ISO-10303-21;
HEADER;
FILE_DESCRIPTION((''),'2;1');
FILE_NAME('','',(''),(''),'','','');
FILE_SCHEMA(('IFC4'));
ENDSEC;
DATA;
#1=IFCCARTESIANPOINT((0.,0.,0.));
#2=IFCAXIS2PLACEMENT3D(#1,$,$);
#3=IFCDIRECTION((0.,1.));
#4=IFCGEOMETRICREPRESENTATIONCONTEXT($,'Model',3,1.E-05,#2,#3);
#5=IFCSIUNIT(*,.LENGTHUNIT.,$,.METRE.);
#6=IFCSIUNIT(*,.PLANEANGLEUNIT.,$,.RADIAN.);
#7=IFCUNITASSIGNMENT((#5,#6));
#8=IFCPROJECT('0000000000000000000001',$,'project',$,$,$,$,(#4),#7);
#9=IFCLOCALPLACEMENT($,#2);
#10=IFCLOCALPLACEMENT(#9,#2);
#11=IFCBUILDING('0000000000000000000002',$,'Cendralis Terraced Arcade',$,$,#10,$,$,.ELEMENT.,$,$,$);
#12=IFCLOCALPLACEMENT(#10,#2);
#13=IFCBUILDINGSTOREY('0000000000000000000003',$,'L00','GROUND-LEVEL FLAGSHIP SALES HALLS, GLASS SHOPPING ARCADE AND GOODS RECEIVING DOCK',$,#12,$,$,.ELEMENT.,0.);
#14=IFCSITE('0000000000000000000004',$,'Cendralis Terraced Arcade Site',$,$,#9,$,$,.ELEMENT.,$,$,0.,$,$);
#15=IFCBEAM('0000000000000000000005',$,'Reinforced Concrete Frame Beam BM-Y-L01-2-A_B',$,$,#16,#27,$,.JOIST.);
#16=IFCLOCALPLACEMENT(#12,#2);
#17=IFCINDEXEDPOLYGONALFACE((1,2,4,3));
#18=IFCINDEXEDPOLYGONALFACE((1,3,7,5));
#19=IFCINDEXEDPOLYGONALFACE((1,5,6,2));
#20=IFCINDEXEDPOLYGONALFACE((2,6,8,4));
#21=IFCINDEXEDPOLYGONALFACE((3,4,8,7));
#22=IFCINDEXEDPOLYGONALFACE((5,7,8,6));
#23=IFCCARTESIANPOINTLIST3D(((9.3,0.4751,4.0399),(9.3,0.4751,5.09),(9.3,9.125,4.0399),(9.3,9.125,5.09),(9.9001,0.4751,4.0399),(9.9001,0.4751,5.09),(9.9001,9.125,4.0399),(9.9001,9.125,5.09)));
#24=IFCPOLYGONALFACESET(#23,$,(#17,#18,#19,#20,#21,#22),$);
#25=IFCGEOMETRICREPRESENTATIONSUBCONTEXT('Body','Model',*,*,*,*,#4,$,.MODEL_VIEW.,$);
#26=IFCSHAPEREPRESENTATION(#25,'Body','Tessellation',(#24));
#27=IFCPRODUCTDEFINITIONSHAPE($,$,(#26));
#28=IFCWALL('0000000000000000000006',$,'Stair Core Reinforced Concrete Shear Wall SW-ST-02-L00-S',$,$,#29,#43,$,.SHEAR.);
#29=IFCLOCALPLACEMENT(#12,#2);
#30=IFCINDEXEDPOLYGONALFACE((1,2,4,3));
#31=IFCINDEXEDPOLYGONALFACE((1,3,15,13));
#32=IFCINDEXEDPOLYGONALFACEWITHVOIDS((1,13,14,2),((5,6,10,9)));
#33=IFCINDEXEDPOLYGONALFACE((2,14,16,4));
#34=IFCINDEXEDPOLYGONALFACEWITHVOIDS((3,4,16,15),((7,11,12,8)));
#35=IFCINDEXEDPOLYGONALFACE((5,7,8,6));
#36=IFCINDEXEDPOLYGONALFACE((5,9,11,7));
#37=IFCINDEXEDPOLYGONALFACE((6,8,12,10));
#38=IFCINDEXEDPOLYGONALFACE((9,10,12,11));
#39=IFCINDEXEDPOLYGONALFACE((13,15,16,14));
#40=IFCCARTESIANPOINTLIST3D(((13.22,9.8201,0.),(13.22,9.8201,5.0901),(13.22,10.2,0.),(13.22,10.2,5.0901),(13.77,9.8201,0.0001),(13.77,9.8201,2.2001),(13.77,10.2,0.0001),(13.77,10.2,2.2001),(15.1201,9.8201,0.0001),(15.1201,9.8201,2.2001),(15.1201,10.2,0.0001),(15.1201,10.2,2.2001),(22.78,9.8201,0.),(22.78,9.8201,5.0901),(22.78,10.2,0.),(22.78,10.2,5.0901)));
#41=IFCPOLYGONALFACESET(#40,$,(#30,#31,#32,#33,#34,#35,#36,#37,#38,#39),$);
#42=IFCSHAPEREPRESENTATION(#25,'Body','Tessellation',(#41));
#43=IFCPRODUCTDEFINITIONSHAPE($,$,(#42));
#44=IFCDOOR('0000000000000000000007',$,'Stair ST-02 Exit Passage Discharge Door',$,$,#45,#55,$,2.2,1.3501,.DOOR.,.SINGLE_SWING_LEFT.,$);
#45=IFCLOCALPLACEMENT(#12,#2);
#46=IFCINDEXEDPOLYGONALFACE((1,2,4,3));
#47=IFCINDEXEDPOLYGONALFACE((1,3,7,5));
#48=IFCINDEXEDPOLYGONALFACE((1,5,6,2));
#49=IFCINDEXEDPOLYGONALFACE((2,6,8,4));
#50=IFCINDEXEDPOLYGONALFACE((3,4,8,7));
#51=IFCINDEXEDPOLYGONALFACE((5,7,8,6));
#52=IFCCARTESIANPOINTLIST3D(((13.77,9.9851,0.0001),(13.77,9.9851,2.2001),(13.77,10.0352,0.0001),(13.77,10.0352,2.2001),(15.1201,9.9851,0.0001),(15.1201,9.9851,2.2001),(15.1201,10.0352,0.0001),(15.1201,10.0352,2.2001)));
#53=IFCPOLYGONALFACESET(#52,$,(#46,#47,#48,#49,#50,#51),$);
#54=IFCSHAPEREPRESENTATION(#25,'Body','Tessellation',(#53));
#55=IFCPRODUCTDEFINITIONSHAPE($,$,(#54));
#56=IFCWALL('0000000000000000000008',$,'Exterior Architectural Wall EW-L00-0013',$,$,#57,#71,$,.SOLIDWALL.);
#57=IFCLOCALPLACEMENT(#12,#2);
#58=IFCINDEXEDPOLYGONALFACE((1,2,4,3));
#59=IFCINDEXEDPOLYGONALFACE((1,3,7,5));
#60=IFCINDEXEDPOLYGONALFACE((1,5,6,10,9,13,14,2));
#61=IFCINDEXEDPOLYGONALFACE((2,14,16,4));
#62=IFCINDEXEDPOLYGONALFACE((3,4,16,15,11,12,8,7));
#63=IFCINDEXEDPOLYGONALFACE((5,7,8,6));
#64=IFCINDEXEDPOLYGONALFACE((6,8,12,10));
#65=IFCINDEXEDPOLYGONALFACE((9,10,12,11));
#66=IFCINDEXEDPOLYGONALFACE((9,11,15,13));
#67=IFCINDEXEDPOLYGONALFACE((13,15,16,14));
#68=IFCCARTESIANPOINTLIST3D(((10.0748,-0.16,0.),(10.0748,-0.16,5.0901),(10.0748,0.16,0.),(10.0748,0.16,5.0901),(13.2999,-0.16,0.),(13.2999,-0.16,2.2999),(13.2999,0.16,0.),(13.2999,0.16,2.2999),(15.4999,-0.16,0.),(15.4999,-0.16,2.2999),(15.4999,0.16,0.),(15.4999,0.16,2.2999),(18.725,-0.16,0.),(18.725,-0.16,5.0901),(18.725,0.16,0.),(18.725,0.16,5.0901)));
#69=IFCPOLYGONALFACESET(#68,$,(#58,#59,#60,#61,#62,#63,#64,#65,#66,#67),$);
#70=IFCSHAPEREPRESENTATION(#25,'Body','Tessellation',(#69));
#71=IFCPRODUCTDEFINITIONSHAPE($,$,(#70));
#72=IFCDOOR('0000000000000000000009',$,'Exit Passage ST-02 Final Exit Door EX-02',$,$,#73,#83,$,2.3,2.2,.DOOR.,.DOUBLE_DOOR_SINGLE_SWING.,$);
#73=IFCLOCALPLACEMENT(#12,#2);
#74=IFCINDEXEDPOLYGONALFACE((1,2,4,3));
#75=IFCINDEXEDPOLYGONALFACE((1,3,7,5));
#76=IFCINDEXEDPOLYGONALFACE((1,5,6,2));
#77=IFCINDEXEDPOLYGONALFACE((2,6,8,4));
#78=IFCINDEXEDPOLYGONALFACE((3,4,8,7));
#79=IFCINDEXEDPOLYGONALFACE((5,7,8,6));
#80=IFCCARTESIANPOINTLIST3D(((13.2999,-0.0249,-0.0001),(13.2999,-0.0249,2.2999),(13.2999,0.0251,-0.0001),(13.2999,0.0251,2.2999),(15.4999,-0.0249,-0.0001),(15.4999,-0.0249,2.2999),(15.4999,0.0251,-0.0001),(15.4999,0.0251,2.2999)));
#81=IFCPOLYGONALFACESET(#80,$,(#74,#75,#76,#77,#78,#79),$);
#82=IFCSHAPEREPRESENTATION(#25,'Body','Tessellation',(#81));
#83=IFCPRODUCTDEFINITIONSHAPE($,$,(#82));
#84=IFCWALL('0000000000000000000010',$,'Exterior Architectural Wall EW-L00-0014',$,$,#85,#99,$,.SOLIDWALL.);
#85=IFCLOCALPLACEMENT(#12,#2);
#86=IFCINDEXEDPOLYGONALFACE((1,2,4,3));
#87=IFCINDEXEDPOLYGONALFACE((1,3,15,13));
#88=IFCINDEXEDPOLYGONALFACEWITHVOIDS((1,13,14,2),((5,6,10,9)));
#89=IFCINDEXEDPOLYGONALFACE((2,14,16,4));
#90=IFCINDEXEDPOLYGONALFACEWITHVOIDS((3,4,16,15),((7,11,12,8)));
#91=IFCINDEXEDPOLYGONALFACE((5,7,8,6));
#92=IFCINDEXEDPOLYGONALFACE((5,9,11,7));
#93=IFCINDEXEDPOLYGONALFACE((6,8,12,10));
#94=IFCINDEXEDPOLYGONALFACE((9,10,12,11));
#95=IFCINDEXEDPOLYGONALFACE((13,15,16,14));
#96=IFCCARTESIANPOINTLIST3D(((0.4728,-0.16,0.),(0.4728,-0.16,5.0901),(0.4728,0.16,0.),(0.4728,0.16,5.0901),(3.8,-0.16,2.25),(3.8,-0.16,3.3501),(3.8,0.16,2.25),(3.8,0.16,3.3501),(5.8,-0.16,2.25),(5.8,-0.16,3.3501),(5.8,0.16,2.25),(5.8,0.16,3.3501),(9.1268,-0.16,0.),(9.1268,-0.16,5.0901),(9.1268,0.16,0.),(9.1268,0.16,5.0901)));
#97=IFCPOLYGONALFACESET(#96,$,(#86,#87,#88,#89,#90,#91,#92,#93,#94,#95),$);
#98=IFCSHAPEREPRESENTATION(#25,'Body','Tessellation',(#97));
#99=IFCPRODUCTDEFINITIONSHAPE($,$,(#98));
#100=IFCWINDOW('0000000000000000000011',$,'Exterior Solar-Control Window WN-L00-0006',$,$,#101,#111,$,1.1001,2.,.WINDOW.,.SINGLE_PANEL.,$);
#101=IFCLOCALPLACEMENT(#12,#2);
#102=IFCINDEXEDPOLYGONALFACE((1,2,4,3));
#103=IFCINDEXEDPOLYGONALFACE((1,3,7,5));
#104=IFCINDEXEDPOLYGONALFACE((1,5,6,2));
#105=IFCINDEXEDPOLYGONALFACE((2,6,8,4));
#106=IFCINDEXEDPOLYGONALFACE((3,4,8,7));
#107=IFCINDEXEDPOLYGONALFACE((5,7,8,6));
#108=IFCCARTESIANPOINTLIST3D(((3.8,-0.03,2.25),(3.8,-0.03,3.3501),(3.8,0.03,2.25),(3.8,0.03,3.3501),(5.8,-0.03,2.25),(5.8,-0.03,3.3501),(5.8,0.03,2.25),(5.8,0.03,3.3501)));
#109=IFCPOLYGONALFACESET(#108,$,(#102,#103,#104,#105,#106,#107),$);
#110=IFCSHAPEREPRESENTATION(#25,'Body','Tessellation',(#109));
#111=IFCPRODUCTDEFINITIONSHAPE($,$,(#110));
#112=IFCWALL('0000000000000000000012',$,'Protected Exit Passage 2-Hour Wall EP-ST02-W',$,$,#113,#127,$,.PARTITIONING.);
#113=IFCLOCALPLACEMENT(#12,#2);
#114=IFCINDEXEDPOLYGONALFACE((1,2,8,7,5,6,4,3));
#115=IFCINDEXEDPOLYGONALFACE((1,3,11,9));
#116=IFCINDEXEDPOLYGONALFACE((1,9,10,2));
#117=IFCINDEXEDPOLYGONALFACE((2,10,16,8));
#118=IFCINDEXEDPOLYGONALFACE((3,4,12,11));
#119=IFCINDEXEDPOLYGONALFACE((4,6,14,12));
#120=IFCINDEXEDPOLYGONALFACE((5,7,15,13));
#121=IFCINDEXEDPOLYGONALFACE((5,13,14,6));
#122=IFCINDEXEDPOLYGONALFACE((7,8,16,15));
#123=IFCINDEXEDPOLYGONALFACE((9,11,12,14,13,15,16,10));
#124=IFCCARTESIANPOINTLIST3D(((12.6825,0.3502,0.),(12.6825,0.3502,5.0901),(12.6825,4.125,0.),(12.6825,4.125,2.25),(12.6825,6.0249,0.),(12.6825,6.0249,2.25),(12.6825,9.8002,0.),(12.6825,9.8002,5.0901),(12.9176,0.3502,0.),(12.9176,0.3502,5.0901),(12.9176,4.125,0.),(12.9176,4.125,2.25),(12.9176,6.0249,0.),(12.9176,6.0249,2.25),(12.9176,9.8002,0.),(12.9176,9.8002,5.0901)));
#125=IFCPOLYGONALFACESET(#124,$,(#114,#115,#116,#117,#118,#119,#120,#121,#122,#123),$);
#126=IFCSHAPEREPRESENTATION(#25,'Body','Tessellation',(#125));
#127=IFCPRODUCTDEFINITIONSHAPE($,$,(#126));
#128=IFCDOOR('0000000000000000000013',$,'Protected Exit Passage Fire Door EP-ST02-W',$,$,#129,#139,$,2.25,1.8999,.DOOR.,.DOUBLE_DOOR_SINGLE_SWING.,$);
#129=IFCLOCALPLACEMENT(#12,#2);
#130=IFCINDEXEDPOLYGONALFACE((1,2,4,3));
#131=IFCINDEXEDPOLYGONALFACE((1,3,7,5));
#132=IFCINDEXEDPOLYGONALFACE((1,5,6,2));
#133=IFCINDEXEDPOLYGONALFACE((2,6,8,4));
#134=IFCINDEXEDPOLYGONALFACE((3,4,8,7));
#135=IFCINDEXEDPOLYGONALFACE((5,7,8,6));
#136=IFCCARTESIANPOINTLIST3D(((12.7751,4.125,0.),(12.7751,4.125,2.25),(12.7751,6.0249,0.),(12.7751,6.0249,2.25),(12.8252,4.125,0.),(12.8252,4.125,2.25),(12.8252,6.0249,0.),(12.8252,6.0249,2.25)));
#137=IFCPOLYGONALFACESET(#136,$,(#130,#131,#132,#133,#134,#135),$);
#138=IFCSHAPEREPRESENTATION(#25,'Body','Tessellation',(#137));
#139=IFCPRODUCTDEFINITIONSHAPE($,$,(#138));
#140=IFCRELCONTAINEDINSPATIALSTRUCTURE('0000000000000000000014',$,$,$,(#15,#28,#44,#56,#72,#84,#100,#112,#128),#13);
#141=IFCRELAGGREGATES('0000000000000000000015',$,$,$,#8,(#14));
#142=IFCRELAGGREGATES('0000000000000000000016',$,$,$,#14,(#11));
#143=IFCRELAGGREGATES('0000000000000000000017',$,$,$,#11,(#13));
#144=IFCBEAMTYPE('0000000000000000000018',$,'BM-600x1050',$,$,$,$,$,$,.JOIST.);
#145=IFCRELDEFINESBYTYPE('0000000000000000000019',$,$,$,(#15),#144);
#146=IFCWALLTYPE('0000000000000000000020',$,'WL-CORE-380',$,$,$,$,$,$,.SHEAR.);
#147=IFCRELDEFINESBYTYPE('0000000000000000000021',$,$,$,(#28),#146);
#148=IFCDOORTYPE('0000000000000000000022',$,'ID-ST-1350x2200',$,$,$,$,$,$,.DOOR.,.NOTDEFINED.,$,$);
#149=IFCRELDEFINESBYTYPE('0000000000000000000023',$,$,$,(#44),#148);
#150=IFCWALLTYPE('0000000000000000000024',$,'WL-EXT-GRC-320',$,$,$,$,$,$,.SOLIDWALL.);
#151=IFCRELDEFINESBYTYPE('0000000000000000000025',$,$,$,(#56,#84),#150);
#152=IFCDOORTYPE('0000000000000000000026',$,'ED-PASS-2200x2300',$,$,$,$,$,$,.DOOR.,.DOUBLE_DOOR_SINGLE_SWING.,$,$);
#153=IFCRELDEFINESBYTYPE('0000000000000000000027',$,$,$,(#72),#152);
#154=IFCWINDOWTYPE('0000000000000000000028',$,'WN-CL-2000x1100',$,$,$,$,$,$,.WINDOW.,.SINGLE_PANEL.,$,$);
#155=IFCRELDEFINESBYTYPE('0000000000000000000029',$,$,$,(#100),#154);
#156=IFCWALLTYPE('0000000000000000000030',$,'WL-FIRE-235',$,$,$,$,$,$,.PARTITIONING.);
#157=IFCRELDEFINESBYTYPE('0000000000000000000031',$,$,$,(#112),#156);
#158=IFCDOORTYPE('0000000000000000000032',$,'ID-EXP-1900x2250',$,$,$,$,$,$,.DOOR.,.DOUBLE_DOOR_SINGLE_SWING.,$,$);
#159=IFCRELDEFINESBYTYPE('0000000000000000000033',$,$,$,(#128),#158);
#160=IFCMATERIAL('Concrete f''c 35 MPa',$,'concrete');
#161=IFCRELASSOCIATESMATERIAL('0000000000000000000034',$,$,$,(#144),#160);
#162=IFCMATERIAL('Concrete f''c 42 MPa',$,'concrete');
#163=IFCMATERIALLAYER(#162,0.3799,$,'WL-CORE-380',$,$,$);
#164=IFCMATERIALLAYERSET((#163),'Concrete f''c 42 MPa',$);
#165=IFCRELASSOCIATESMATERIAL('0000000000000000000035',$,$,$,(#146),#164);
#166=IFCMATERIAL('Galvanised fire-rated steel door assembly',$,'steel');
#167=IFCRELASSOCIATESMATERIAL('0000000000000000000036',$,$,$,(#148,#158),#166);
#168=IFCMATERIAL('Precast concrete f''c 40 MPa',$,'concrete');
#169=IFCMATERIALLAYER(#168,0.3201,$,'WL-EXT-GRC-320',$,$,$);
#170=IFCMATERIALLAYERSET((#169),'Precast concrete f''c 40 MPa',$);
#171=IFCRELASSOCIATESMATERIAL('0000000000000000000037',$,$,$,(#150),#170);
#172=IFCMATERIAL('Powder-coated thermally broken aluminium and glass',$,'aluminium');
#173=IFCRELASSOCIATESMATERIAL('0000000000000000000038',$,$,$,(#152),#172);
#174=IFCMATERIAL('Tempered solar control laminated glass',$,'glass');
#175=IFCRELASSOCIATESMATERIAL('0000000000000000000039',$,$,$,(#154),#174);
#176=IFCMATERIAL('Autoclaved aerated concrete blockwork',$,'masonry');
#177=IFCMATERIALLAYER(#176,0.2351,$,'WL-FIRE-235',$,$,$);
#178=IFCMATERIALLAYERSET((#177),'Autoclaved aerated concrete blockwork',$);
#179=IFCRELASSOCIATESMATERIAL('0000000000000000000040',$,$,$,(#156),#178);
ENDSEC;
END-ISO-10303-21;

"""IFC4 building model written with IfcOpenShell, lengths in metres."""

from ifc_helpers import new_model, si_unit, direction, frame, frame_2d, origin, origin_2d, place, context, subcontext, project, spatial, rectangle, extrude, material, layer, layer_set, material_profile, profile_set, type_object, element, fill, save


model = new_model("IFC4")

# Units and contexts
model_context = context("Model", 3, precision=1e-05, world=origin(), true_north=direction((0.0, 1.0)))
body_context = subcontext(model_context, "Body", "Model", "MODEL_VIEW")
ifc_project = project(units=[si_unit("LENGTHUNIT", "METRE"), si_unit("PLANEANGLEUNIT", "RADIAN")], contexts=[model_context])

# Site, building, storey
site_placement = place(None, origin())
site = spatial("IfcSite", under=ifc_project, at=site_placement, Name="Cendralis Terraced Arcade Site", CompositionType="ELEMENT", RefElevation=0.0)
building_placement = place(site_placement, origin())
building = spatial("IfcBuilding", under=site, at=building_placement, Name="Cendralis Terraced Arcade", CompositionType="ELEMENT")
storey_placement = place(building_placement, origin())
storey = spatial("IfcBuildingStorey", under=building, at=storey_placement, Name="L00", Description="GROUND-LEVEL FLAGSHIP SALES HALLS, GLASS SHOPPING ARCADE AND GOODS RECEIVING DOCK", CompositionType="ELEMENT", Elevation=0.0)

# Shared definitions
ifc_material_1 = material(Name="Concrete f'c 35 MPa", Category="concrete")

# Shared definitions
ifc_material_2 = material(Name="Concrete f'c 42 MPa", Category="concrete")

# Beam
ifc_material_profile_1 = material_profile(ifc_material_1, rectangle(XDim=0.6001, YDim=1.05, at=origin_2d()), Name="RC-BM-600x1050", Category="LoadBearing")
ifc_profile_set_1 = profile_set([ifc_material_profile_1], Name="Concrete f'c 35 MPa")
beam_type = type_object("IfcBeamType", Name="BM-600x1050", PredefinedType="JOIST", material=ifc_profile_set_1)
beam_placement = place(storey_placement, frame((9.6001, 0.4751, 4.5649), z_axis=(0.0, 1.0, 0.0), x_axis=(-1.0, 0.0, 0.0)))
element("IfcBeam", 1, at=beam_placement, inside=storey, type_object=beam_type, Name="Reinforced Concrete Frame Beam BM-Y-L01-2-A_B", PredefinedType="JOIST", context=body_context, shape_type="SweptSolid", body=[
    extrude(rectangle(XDim=0.6001, YDim=1.05, at=origin_2d()), origin(), (0.0, 0.0, 1.0), 8.6499),
])

# Walls, openings, doors
ifc_layer_1 = layer(ifc_material_2, 0.3799, Name="WL-CORE-380")
ifc_layer_set_1 = layer_set([ifc_layer_1], Name="Concrete f'c 42 MPa")
wall_type_1 = type_object("IfcWallType", Name="WL-CORE-380", PredefinedType="SHEAR", material=ifc_layer_set_1)
wall_1_placement = place(storey_placement, frame((13.22, 10.01, 0.0), z_axis=(0.0, 0.0, 1.0), x_axis=(1.0, 0.0, 0.0)))
wall_1 = element("IfcWall", 2, at=wall_1_placement, inside=storey, type_object=wall_type_1, Name="Stair Core Reinforced Concrete Shear Wall SW-ST-02-L00-S", PredefinedType="SHEAR", context=body_context, shape_type="SweptSolid", body=[
    extrude(rectangle(XDim=9.5601, YDim=0.3799, at=frame_2d((4.78, 0.0))), origin(), (0.0, 0.0, 1.0), 5.0901),
])
opening_1_placement = place(wall_1_placement, frame((0.55, 0.0, 0.0)))
opening_1 = element("IfcOpeningElement", 3, at=opening_1_placement, cuts=wall_1, PredefinedType="OPENING", context=body_context, shape_type="SweptSolid", body=[
    extrude(rectangle(XDim=1.3501, YDim=2.2, at=frame_2d((0.675, 1.1001))), frame((0.0, 0.2019, 0.0), z_axis=(0.0, -1.0, 0.0), x_axis=(1.0, 0.0, 0.0)), (0.0, 0.0, 1.0), 0.4038),
])
ifc_material_3 = material(Name="Galvanised fire-rated steel door assembly", Category="steel")
door_type_1 = type_object("IfcDoorType", Name="ID-ST-1350x2200", OperationType="NOTDEFINED", PredefinedType="DOOR", material=ifc_material_3)
door_1_placement = place(opening_1_placement, frame((1.3501, 0.0, 0.0), z_axis=(0.0, 0.0, 1.0), x_axis=(-1.0, 0.0, 0.0)))
door_1 = element("IfcDoor", 4, at=door_1_placement, inside=storey, type_object=door_type_1, Name="Stair ST-02 Exit Passage Discharge Door", OperationType="SINGLE_SWING_LEFT", OverallHeight=2.2, OverallWidth=1.3501, PredefinedType="DOOR", context=body_context, shape_type="SweptSolid", body=[
    extrude(rectangle(XDim=1.3501, YDim=2.2, at=frame_2d((0.675, 1.1001))), frame((0.0, 0.0249, 0.0), z_axis=(0.0, -1.0, 0.0), x_axis=(1.0, 0.0, 0.0)), (0.0, 0.0, 1.0), 0.05),
])
fill(opening_1, door_1)
ifc_material_4 = material(Name="Precast concrete f'c 40 MPa", Category="concrete")
ifc_layer_2 = layer(ifc_material_4, 0.3201, Name="WL-EXT-GRC-320")
ifc_layer_set_2 = layer_set([ifc_layer_2], Name="Precast concrete f'c 40 MPa")
wall_type_2 = type_object("IfcWallType", Name="WL-EXT-GRC-320", PredefinedType="SOLIDWALL", material=ifc_layer_set_2)
wall_2_placement = place(storey_placement, frame((18.7251, 0.0, 0.0), z_axis=(0.0, 0.0, 1.0), x_axis=(-1.0, 0.0, 0.0)))
wall_2 = element("IfcWall", 5, at=wall_2_placement, inside=storey, type_object=wall_type_2, Name="Exterior Architectural Wall EW-L00-0013", PredefinedType="SOLIDWALL", context=body_context, shape_type="SweptSolid", body=[
    extrude(rectangle(XDim=8.6501, YDim=0.3201, at=frame_2d((4.3252, 0.0))), origin(), (0.0, 0.0, 1.0), 5.0901),
])
opening_2_placement = place(wall_2_placement, frame((3.2251, 0.0, 0.0)))
opening_2 = element("IfcOpeningElement", 6, at=opening_2_placement, cuts=wall_2, PredefinedType="OPENING", context=body_context, shape_type="SweptSolid", body=[
    extrude(rectangle(XDim=2.2, YDim=2.3, at=frame_2d((1.1001, 1.1499))), frame((0.0, 0.1719, 0.0), z_axis=(0.0, -1.0, 0.0), x_axis=(1.0, 0.0, 0.0)), (0.0, 0.0, 1.0), 0.344),
])
ifc_material_5 = material(Name="Powder-coated thermally broken aluminium and glass", Category="aluminium")
door_type_2 = type_object("IfcDoorType", Name="ED-PASS-2200x2300", OperationType="DOUBLE_DOOR_SINGLE_SWING", PredefinedType="DOOR", material=ifc_material_5)
door_2_placement = place(opening_2_placement, origin())
door_2 = element("IfcDoor", 7, at=door_2_placement, inside=storey, type_object=door_type_2, Name="Exit Passage ST-02 Final Exit Door EX-02", OperationType="DOUBLE_DOOR_SINGLE_SWING", OverallHeight=2.3, OverallWidth=2.2, PredefinedType="DOOR", context=body_context, shape_type="SweptSolid", body=[
    extrude(rectangle(XDim=2.2, YDim=2.3, at=frame_2d((1.1001, 1.1499))), frame((0.0, 0.0249, 0.0), z_axis=(0.0, -1.0, 0.0), x_axis=(1.0, 0.0, 0.0)), (0.0, 0.0, 1.0), 0.05),
])
fill(opening_2, door_2)

# Wall, opening, window
wall_3_placement = place(storey_placement, frame((9.127, 0.0, 0.0), z_axis=(0.0, 0.0, 1.0), x_axis=(-1.0, 0.0, 0.0)))
wall_3 = element("IfcWall", 8, at=wall_3_placement, inside=storey, type_object=wall_type_2, Name="Exterior Architectural Wall EW-L00-0014", PredefinedType="SOLIDWALL", context=body_context, shape_type="SweptSolid", body=[
    extrude(rectangle(XDim=8.6541, YDim=0.3201, at=frame_2d((4.3271, 0.0))), origin(), (0.0, 0.0, 1.0), 5.0901),
])
opening_3_placement = place(wall_3_placement, frame((3.3269, 0.0, 2.25)))
opening_3 = element("IfcOpeningElement", 9, at=opening_3_placement, cuts=wall_3, PredefinedType="OPENING", context=body_context, shape_type="SweptSolid", body=[
    extrude(rectangle(XDim=2.0, YDim=1.1001, at=frame_2d((1.0, 0.55))), frame((0.0, 0.1719, 0.0), z_axis=(0.0, -1.0, 0.0), x_axis=(1.0, 0.0, 0.0)), (0.0, 0.0, 1.0), 0.344),
])
ifc_material_6 = material(Name="Tempered solar control laminated glass", Category="glass")
window_type = type_object("IfcWindowType", Name="WN-CL-2000x1100", PartitioningType="SINGLE_PANEL", PredefinedType="WINDOW", material=ifc_material_6)
window_placement = place(opening_3_placement, origin())
window = element("IfcWindow", 10, at=window_placement, inside=storey, type_object=window_type, Name="Exterior Solar-Control Window WN-L00-0006", OverallHeight=1.1001, OverallWidth=2.0, PartitioningType="SINGLE_PANEL", PredefinedType="WINDOW", context=body_context, shape_type="SweptSolid", body=[
    extrude(rectangle(XDim=2.0, YDim=1.1001, at=frame_2d((1.0, 0.55))), frame((0.0, 0.03, 0.0), z_axis=(0.0, -1.0, 0.0), x_axis=(1.0, 0.0, 0.0)), (0.0, 0.0, 1.0), 0.0601),
])
fill(opening_3, window)

# Wall, opening, door
ifc_material_7 = material(Name="Autoclaved aerated concrete blockwork", Category="masonry")
ifc_layer_3 = layer(ifc_material_7, 0.2351, Name="WL-FIRE-235")
ifc_layer_set_3 = layer_set([ifc_layer_3], Name="Autoclaved aerated concrete blockwork")
wall_type_3 = type_object("IfcWallType", Name="WL-FIRE-235", PredefinedType="PARTITIONING", material=ifc_layer_set_3)
wall_4_placement = place(storey_placement, frame((12.8, 0.3501, 0.0), z_axis=(0.0, 0.0, 1.0), x_axis=(0.0, 1.0, 0.0)))
wall_4 = element("IfcWall", 11, at=wall_4_placement, inside=storey, type_object=wall_type_3, Name="Protected Exit Passage 2-Hour Wall EP-ST02-W", PredefinedType="PARTITIONING", context=body_context, shape_type="SweptSolid", body=[
    extrude(rectangle(XDim=9.45, YDim=0.2351, at=frame_2d((4.7251, 0.0))), origin(), (0.0, 0.0, 1.0), 5.0901),
])
opening_4_placement = place(wall_4_placement, frame((3.7749, 0.0, 0.0)))
opening_4 = element("IfcOpeningElement", 12, at=opening_4_placement, cuts=wall_4, PredefinedType="OPENING", context=body_context, shape_type="SweptSolid", body=[
    extrude(rectangle(XDim=1.8999, YDim=2.25, at=frame_2d((0.95, 1.125))), frame((0.0, 0.1294, 0.0), z_axis=(0.0, -1.0, 0.0), x_axis=(1.0, 0.0, 0.0)), (0.0, 0.0, 1.0), 0.259),
])
door_type_3 = type_object("IfcDoorType", Name="ID-EXP-1900x2250", OperationType="DOUBLE_DOOR_SINGLE_SWING", PredefinedType="DOOR", material=ifc_material_3)
door_3_placement = place(opening_4_placement, origin())
door_3 = element("IfcDoor", 13, at=door_3_placement, inside=storey, type_object=door_type_3, Name="Protected Exit Passage Fire Door EP-ST02-W", OperationType="DOUBLE_DOOR_SINGLE_SWING", OverallHeight=2.25, OverallWidth=1.8999, PredefinedType="DOOR", context=body_context, shape_type="SweptSolid", body=[
    extrude(rectangle(XDim=1.8999, YDim=2.25, at=frame_2d((0.95, 1.125))), frame((0.0, 0.0249, 0.0), z_axis=(0.0, -1.0, 0.0), x_axis=(1.0, 0.0, 0.0)), (0.0, 0.0, 1.0), 0.05),
])
fill(opening_4, door_3)

save(model, "model.ifc")
